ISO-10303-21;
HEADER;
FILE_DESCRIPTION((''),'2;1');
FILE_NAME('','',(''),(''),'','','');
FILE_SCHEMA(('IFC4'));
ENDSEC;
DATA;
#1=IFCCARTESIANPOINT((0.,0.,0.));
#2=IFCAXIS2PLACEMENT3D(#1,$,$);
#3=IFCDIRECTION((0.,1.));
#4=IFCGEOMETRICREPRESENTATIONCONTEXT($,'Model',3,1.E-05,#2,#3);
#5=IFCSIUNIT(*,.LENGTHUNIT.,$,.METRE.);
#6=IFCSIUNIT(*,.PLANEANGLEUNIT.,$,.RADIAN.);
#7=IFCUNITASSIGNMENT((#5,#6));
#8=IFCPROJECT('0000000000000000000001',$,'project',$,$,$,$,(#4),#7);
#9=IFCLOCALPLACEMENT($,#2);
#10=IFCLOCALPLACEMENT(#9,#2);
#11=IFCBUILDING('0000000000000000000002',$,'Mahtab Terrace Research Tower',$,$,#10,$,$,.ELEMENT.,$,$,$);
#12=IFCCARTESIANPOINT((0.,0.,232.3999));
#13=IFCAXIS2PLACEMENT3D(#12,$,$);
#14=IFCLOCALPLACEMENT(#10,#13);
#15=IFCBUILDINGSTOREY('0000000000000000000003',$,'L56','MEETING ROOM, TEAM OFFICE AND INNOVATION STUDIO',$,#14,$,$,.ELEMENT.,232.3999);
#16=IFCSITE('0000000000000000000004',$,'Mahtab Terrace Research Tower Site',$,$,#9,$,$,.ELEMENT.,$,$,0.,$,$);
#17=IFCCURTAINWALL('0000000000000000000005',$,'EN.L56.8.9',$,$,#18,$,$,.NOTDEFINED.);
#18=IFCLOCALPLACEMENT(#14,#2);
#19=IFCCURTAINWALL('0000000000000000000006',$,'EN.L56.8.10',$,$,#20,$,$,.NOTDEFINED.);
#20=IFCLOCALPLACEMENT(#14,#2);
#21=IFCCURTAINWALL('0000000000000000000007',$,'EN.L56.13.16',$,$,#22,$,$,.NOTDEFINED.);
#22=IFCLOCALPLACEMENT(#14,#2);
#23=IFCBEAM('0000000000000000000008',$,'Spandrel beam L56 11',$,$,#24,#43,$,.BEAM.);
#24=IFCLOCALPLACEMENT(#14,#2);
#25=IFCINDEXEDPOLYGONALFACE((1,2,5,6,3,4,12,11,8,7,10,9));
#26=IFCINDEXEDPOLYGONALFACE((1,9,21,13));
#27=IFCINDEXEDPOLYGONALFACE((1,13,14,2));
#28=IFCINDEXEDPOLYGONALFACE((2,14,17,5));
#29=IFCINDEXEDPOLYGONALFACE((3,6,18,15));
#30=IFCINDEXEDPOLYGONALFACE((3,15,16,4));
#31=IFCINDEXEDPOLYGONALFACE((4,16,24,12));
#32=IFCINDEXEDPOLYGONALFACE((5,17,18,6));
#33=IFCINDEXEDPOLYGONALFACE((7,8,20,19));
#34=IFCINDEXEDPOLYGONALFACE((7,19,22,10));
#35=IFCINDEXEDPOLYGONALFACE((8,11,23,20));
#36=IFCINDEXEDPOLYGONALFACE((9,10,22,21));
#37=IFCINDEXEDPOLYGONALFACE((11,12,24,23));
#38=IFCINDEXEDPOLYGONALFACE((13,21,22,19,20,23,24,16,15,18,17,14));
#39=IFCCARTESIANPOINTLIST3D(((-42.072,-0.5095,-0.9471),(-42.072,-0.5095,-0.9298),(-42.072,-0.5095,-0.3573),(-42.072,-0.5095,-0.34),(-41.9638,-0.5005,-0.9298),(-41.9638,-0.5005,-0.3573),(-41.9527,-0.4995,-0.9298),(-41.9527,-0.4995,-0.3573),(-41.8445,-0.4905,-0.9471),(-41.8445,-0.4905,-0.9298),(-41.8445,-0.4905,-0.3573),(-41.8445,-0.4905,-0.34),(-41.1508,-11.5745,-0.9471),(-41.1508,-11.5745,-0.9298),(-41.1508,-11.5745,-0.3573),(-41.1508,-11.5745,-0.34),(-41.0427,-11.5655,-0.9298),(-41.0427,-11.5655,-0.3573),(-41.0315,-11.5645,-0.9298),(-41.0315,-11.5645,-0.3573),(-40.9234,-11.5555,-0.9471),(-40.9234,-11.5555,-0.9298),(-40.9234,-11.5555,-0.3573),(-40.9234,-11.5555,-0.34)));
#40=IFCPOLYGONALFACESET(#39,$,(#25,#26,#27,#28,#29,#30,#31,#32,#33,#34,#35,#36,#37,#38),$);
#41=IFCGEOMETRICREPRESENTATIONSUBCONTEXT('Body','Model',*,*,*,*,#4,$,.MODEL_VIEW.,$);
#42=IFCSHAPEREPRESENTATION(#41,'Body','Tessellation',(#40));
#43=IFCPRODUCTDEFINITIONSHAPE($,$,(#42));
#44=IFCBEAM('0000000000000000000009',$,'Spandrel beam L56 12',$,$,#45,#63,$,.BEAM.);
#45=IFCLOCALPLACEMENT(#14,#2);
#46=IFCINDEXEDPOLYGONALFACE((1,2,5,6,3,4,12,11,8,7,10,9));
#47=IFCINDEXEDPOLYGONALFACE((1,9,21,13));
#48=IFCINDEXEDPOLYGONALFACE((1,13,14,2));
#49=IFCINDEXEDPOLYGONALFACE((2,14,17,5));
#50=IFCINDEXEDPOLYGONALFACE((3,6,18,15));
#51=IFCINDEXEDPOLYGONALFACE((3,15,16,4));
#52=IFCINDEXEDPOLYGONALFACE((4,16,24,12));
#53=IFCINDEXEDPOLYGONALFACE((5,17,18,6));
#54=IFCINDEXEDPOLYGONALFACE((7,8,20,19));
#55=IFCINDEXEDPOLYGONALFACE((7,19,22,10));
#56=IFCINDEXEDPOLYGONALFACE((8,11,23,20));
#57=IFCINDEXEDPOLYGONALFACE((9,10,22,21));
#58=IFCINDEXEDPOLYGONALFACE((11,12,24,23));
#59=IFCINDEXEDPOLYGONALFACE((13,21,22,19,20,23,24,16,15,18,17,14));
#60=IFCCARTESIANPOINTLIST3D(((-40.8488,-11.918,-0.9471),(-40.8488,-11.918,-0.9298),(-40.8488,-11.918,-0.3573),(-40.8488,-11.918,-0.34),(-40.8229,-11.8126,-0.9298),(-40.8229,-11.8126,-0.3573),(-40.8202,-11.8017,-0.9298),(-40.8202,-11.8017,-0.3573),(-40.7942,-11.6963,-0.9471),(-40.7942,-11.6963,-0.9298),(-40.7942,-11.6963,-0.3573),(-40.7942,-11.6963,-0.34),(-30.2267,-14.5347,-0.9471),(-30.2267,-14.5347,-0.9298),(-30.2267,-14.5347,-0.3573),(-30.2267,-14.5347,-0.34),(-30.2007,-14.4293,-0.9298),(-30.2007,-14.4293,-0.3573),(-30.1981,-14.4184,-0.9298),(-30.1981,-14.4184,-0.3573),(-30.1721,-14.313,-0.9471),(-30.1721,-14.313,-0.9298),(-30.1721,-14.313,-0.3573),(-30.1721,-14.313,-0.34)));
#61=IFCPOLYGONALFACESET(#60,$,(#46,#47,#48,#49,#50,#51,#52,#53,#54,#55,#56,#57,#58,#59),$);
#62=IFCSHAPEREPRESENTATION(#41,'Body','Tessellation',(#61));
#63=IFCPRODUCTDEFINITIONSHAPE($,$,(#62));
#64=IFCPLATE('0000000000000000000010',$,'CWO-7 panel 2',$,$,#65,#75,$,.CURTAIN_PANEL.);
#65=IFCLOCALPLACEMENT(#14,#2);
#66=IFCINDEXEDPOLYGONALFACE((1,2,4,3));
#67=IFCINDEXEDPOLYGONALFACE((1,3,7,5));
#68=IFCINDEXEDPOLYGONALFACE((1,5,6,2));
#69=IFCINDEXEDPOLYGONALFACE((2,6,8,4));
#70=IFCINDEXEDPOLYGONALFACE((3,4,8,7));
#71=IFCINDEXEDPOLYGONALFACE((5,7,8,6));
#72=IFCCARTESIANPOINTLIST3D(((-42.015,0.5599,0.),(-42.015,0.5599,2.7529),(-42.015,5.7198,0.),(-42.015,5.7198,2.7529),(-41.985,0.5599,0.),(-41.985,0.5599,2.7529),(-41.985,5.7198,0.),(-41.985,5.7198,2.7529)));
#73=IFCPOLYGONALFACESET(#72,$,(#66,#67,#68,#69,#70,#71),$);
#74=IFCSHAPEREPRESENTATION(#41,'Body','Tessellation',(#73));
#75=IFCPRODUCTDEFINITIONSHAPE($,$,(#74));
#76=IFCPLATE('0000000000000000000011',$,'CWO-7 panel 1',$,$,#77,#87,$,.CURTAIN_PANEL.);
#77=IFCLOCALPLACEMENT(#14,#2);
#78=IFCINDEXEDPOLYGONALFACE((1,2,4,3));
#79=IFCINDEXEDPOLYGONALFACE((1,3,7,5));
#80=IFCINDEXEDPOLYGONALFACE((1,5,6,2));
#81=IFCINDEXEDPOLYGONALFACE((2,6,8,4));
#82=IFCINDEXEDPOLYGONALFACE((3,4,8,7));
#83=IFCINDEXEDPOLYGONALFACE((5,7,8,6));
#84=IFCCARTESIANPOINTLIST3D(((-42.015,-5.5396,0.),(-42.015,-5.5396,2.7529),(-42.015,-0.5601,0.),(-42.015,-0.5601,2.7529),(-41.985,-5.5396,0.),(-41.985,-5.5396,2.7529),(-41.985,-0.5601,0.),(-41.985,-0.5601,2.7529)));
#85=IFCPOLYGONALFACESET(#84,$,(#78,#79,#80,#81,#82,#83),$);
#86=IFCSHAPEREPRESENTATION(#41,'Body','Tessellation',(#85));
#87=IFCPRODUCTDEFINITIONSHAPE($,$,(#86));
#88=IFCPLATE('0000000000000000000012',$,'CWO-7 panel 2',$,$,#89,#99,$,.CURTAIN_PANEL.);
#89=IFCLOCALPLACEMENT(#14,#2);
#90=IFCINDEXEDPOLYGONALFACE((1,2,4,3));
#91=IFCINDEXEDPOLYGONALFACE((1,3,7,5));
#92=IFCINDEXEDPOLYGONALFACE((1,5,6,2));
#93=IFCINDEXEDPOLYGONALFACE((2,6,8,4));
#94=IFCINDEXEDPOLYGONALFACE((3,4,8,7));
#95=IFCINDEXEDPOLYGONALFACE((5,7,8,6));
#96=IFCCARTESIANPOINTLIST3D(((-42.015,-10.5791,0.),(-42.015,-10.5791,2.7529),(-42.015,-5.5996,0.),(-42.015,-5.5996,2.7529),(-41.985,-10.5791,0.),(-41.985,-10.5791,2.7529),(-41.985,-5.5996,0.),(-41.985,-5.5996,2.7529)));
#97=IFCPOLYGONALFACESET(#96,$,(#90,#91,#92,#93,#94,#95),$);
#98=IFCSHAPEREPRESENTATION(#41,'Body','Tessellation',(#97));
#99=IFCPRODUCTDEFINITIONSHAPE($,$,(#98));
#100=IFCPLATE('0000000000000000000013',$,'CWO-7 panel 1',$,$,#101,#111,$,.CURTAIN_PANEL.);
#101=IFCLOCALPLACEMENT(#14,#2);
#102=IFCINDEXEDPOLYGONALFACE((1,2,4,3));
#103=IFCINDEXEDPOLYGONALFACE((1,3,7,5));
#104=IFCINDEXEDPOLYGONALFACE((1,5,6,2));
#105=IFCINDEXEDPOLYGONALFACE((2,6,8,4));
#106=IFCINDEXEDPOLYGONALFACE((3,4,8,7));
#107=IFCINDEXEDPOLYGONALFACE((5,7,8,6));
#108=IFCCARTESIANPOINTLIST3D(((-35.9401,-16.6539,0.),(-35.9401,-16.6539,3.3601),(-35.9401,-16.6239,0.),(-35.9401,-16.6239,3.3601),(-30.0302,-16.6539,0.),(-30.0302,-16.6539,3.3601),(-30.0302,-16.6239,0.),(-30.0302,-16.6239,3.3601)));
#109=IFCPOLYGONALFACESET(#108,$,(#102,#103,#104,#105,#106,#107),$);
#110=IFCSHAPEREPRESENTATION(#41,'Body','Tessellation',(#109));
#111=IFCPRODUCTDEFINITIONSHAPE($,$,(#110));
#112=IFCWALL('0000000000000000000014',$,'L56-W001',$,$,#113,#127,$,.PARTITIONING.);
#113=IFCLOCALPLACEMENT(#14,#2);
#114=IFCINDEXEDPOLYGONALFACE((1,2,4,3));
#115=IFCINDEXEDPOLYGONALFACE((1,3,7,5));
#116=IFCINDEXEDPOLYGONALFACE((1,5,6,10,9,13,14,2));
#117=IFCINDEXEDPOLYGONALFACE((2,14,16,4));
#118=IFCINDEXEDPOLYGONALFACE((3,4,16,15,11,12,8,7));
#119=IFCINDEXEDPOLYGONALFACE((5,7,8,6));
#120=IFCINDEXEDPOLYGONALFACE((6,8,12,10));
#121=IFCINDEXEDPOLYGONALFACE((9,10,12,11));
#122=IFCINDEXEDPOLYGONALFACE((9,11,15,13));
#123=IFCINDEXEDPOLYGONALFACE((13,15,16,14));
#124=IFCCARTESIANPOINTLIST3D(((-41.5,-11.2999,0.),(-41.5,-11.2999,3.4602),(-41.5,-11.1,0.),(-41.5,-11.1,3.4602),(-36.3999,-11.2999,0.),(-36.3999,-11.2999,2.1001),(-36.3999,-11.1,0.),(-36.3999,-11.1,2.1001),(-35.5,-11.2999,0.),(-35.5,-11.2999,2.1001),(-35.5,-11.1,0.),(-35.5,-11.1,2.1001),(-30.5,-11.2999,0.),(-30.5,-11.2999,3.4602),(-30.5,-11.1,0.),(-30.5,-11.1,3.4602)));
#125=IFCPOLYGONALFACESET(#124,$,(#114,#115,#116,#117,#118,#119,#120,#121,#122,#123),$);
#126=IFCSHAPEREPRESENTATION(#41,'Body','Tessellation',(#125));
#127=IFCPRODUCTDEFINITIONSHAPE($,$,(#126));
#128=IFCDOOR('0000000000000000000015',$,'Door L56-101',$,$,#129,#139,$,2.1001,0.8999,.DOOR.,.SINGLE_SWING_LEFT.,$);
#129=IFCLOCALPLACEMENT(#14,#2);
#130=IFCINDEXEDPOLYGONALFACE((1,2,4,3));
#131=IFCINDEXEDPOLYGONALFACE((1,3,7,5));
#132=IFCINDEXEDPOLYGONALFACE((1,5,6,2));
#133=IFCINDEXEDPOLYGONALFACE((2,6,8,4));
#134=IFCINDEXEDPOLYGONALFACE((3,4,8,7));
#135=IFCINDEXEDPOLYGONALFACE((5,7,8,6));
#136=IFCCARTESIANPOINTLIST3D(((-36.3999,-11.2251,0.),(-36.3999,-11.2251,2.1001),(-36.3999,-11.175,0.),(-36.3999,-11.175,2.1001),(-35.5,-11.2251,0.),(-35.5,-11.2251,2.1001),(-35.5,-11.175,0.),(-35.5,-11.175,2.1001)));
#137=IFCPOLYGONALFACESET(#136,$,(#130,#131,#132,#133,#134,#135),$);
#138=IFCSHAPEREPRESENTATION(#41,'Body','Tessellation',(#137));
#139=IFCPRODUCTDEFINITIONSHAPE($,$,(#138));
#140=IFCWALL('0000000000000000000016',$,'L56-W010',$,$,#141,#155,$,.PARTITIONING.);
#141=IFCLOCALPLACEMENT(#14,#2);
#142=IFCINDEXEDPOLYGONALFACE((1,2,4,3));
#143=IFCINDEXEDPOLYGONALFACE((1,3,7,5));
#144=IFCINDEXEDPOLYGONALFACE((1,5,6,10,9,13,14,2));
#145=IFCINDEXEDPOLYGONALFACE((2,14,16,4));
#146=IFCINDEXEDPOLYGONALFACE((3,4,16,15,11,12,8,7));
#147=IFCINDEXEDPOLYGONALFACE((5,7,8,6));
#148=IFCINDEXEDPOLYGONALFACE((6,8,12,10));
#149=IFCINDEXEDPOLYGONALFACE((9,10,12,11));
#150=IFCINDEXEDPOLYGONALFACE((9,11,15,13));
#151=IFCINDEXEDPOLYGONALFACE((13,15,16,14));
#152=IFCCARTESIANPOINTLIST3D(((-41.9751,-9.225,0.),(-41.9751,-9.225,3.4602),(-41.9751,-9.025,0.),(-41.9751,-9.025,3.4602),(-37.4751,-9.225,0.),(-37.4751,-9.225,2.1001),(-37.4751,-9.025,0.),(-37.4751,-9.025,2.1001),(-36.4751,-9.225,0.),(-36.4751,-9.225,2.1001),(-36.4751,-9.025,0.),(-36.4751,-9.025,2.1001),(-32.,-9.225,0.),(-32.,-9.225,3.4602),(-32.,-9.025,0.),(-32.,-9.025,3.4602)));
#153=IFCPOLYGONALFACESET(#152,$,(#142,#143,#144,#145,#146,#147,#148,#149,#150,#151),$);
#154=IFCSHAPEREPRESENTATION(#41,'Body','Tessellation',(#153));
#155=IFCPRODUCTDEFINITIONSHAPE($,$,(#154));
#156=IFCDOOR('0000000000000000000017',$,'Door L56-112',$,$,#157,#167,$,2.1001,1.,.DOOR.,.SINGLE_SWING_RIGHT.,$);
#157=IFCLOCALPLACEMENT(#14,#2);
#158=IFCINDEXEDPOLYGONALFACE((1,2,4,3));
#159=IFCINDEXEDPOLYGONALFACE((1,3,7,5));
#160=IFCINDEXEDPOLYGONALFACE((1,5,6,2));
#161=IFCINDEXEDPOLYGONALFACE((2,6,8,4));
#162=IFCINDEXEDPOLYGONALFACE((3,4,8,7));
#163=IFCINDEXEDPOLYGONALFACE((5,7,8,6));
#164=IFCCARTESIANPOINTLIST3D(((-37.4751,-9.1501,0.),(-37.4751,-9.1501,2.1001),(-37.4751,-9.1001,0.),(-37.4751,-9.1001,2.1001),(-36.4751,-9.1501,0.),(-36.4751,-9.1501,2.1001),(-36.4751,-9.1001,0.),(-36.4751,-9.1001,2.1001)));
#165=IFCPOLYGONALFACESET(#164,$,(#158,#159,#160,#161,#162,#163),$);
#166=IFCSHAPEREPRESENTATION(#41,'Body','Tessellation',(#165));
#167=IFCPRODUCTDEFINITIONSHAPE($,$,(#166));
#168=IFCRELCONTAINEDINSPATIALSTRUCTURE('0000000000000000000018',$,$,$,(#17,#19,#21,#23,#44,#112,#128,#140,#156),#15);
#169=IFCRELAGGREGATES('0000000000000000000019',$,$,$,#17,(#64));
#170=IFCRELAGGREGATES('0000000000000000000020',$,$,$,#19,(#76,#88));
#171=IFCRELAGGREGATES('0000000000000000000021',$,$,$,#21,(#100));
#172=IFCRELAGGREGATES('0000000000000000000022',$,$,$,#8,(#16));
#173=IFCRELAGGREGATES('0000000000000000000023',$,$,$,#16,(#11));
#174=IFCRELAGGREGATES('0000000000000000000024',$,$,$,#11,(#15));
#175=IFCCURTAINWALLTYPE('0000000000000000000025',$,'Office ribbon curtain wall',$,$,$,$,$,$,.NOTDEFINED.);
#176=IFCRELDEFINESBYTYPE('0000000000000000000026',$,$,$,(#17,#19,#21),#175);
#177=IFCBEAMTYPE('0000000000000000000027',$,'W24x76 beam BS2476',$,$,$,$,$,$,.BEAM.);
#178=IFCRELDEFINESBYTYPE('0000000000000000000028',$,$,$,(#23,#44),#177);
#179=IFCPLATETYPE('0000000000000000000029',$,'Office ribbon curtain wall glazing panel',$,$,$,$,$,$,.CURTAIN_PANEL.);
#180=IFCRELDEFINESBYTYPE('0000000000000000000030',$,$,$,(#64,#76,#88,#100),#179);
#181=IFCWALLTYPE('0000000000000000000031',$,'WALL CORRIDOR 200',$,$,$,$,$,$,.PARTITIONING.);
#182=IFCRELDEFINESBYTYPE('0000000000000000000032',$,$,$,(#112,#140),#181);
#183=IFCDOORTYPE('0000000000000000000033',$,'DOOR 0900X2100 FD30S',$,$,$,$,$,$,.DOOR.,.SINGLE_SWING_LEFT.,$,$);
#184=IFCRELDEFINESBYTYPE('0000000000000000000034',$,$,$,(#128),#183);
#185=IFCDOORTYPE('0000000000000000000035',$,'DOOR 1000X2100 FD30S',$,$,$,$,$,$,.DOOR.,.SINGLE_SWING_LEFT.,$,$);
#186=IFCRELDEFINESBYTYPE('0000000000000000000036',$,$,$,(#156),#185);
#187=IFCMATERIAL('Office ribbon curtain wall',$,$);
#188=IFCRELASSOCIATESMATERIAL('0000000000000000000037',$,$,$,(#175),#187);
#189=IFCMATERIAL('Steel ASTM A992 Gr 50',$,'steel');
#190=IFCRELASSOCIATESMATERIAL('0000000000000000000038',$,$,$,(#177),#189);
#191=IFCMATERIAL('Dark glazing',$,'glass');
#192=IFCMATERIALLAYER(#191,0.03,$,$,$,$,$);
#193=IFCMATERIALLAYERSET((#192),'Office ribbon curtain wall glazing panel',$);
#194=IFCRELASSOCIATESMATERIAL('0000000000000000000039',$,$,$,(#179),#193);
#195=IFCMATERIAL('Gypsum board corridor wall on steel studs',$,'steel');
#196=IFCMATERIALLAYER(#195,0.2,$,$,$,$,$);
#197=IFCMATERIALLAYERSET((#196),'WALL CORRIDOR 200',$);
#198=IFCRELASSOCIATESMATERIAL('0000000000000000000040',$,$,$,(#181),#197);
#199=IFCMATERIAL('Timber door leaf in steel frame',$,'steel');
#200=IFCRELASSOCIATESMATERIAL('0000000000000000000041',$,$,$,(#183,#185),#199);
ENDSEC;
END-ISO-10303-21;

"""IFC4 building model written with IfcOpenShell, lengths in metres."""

from ifc_helpers import new_model, si_unit, direction, frame, frame_2d, origin, origin_2d, place, context, subcontext, project, spatial, rectangle, i_section, extrude, material, layer, layer_set, material_profile, profile_set, type_object, element, fill, aggregate, save


model = new_model("IFC4")

# Units and contexts
model_context = context("Model", 3, precision=1e-05, world=origin(), true_north=direction((0.0, 1.0)))
body_context = subcontext(model_context, "Body", "Model", "MODEL_VIEW")
ifc_project = project(units=[si_unit("LENGTHUNIT", "METRE"), si_unit("PLANEANGLEUNIT", "RADIAN")], contexts=[model_context])

# Site, building, storey
site_placement = place(None, origin())
site = spatial("IfcSite", under=ifc_project, at=site_placement, Name="Mahtab Terrace Research Tower Site", CompositionType="ELEMENT", RefElevation=0.0)
building_placement = place(site_placement, origin())
building = spatial("IfcBuilding", under=site, at=building_placement, Name="Mahtab Terrace Research Tower", CompositionType="ELEMENT")
storey_placement = place(building_placement, frame((0.0, 0.0, 232.3999)))
storey = spatial("IfcBuildingStorey", under=building, at=storey_placement, Name="L56", Description="MEETING ROOM, TEAM OFFICE AND INNOVATION STUDIO", CompositionType="ELEMENT", Elevation=232.3999)

# Shared definitions
ifc_material_1 = material(Name="Steel ASTM A992 Gr 50", Category="steel")

# Curtain walls
ifc_material_2 = material(Name="Office ribbon curtain wall")
curtain_wall_type = type_object("IfcCurtainWallType", Name="Office ribbon curtain wall", PredefinedType="NOTDEFINED", material=ifc_material_2)
curtain_wall_1_placement = place(storey_placement, origin())
curtain_wall_1 = element("IfcCurtainWall", 1, at=curtain_wall_1_placement, inside=storey, type_object=curtain_wall_type, Name="EN.L56.8.9", PredefinedType="NOTDEFINED")
curtain_wall_2_placement = place(storey_placement, origin())
curtain_wall_2 = element("IfcCurtainWall", 2, at=curtain_wall_2_placement, inside=storey, type_object=curtain_wall_type, Name="EN.L56.8.10", PredefinedType="NOTDEFINED")

# Curtain wall
curtain_wall_3_placement = place(storey_placement, origin())
curtain_wall_3 = element("IfcCurtainWall", 3, at=curtain_wall_3_placement, inside=storey, type_object=curtain_wall_type, Name="EN.L56.13.16", PredefinedType="NOTDEFINED")

# Beams
ifc_material_profile_1 = material_profile(ifc_material_1, i_section(OverallWidth=0.2283, OverallDepth=0.6072, WebThickness=0.0112, FlangeThickness=0.0173, at=origin_2d()), Name="W24X76")
ifc_profile_set_1 = profile_set([ifc_material_profile_1], Name="Steel ASTM A992 Gr 50")
beam_type = type_object("IfcBeamType", Name="W24x76 beam BS2476", PredefinedType="BEAM", material=ifc_profile_set_1)
beam_1_placement = place(storey_placement, frame((-41.9583, -0.5, -0.6436), z_axis=(0.082962, -0.996553, 0.0), x_axis=(0.996553, 0.082962, 0.0)))
element("IfcBeam", 4, at=beam_1_placement, inside=storey, type_object=beam_type, Name="Spandrel beam L56 11", PredefinedType="BEAM", context=body_context, shape_type="SweptSolid", body=[
    extrude(i_section(OverallWidth=0.2283, OverallDepth=0.6072, WebThickness=0.0112, FlangeThickness=0.0173, at=origin_2d()), origin(), (0.0, 0.0, 1.0), 11.1033),
])
beam_2_placement = place(storey_placement, frame((-40.8215, -11.8071, -0.6436), z_axis=(0.970972, -0.239195, 0.0), x_axis=(0.239195, 0.970972, 0.0)))
element("IfcBeam", 5, at=beam_2_placement, inside=storey, type_object=beam_type, Name="Spandrel beam L56 12", PredefinedType="BEAM", context=body_context, shape_type="SweptSolid", body=[
    extrude(i_section(OverallWidth=0.2283, OverallDepth=0.6072, WebThickness=0.0112, FlangeThickness=0.0173, at=origin_2d()), origin(), (0.0, 0.0, 1.0), 10.9397),
])

# Plates
ifc_material_3 = material(Name="Dark glazing", Category="glass")
ifc_layer_1 = layer(ifc_material_3, 0.03)
ifc_layer_set_1 = layer_set([ifc_layer_1], Name="Office ribbon curtain wall glazing panel")
plate_type = type_object("IfcPlateType", Name="Office ribbon curtain wall glazing panel", PredefinedType="CURTAIN_PANEL", material=ifc_layer_set_1)
plate_1_placement = place(storey_placement, frame((-42.0, 3.1399, 0.0), z_axis=(0.0, 0.0, 1.0), x_axis=(0.0, -1.0, 0.0)))
plate_1 = element("IfcPlate", 6, at=plate_1_placement, type_object=plate_type, Name="CWO-7 panel 2", PredefinedType="CURTAIN_PANEL", context=body_context, shape_type="SweptSolid", body=[
    extrude(rectangle(XDim=5.1599, YDim=0.03, at=origin_2d()), origin(), (0.0, 0.0, 1.0), 2.7529),
])
aggregate(curtain_wall_1, [plate_1])
plate_2_placement = place(storey_placement, frame((-42.0, -3.0498, 0.0), z_axis=(0.0, 0.0, 1.0), x_axis=(0.0, -1.0, 0.0)))
plate_2 = element("IfcPlate", 7, at=plate_2_placement, type_object=plate_type, Name="CWO-7 panel 1", PredefinedType="CURTAIN_PANEL", context=body_context, shape_type="SweptSolid", body=[
    extrude(rectangle(XDim=4.9795, YDim=0.03, at=origin_2d()), origin(), (0.0, 0.0, 1.0), 2.7529),
])
plate_3_placement = place(storey_placement, frame((-42.0, -8.0894, 0.0), z_axis=(0.0, 0.0, 1.0), x_axis=(0.0, -1.0, 0.0)))
plate_3 = element("IfcPlate", 8, at=plate_3_placement, type_object=plate_type, Name="CWO-7 panel 2", PredefinedType="CURTAIN_PANEL", context=body_context, shape_type="SweptSolid", body=[
    extrude(rectangle(XDim=4.9795, YDim=0.03, at=origin_2d()), origin(), (0.0, 0.0, 1.0), 2.7529),
])
aggregate(curtain_wall_2, [plate_2, plate_3])
plate_4_placement = place(storey_placement, frame((-32.9851, -16.6389, 0.0), z_axis=(0.0, 0.0, 1.0), x_axis=(1.0, 0.0, 0.0)))
plate_4 = element("IfcPlate", 9, at=plate_4_placement, type_object=plate_type, Name="CWO-7 panel 1", PredefinedType="CURTAIN_PANEL", context=body_context, shape_type="SweptSolid", body=[
    extrude(rectangle(XDim=5.9099, YDim=0.03, at=origin_2d()), origin(), (0.0, 0.0, 1.0), 3.3601),
])
aggregate(curtain_wall_3, [plate_4])

# Walls, openings, doors
ifc_material_4 = material(Name="Gypsum board corridor wall on steel studs", Category="steel")
ifc_layer_2 = layer(ifc_material_4, 0.2)
ifc_layer_set_2 = layer_set([ifc_layer_2], Name="WALL CORRIDOR 200")
wall_type_1 = type_object("IfcWallType", Name="WALL CORRIDOR 200", PredefinedType="PARTITIONING", material=ifc_layer_set_2)
wall_1_placement = place(storey_placement, frame((-41.5, -11.2, 0.0), z_axis=(0.0, 0.0, 1.0), x_axis=(1.0, 0.0, 0.0)))
wall_1 = element("IfcWall", 10, at=wall_1_placement, inside=storey, type_object=wall_type_1, Name="L56-W001", PredefinedType="PARTITIONING", context=body_context, shape_type="SweptSolid", body=[
    extrude(rectangle(XDim=11.0, YDim=0.2, at=frame_2d((5.5, 0.0))), origin(), (0.0, 0.0, 1.0), 3.4602),
])
opening_1_placement = place(wall_1_placement, frame((5.1001, 0.0, 0.0)))
opening_1 = element("IfcOpeningElement", 11, at=opening_1_placement, cuts=wall_1, PredefinedType="OPENING", context=body_context, shape_type="SweptSolid", body=[
    extrude(rectangle(XDim=0.8999, YDim=2.1001, at=frame_2d((0.45, 1.05))), frame((0.0, 0.1099, 0.0), z_axis=(0.0, -1.0, 0.0), x_axis=(1.0, 0.0, 0.0)), (0.0, 0.0, 1.0), 0.22),
])
ifc_material_5 = material(Name="Timber door leaf in steel frame", Category="steel")
door_type_1 = type_object("IfcDoorType", Name="DOOR 0900X2100 FD30S", OperationType="SINGLE_SWING_LEFT", PredefinedType="DOOR", material=ifc_material_5)
door_1_placement = place(opening_1_placement, origin())
door_1 = element("IfcDoor", 12, at=door_1_placement, inside=storey, type_object=door_type_1, Name="Door L56-101", OperationType="SINGLE_SWING_LEFT", OverallHeight=2.1001, OverallWidth=0.8999, PredefinedType="DOOR", context=body_context, shape_type="SweptSolid", body=[
    extrude(rectangle(XDim=0.8999, YDim=2.1001, at=frame_2d((0.45, 1.05))), frame((0.0, 0.0249, 0.0), z_axis=(0.0, -1.0, 0.0), x_axis=(1.0, 0.0, 0.0)), (0.0, 0.0, 1.0), 0.05),
])
fill(opening_1, door_1)
wall_2_placement = place(storey_placement, frame((-41.9751, -9.125, 0.0), z_axis=(0.0, 0.0, 1.0), x_axis=(1.0, 0.0, 0.0)))
wall_2 = element("IfcWall", 13, at=wall_2_placement, inside=storey, type_object=wall_type_1, Name="L56-W010", PredefinedType="PARTITIONING", context=body_context, shape_type="SweptSolid", body=[
    extrude(rectangle(XDim=9.9751, YDim=0.2, at=frame_2d((4.9875, 0.0))), origin(), (0.0, 0.0, 1.0), 3.4602),
])
opening_2_placement = place(wall_2_placement, frame((4.5, 0.0, 0.0)))
opening_2 = element("IfcOpeningElement", 14, at=opening_2_placement, cuts=wall_2, PredefinedType="OPENING", context=body_context, shape_type="SweptSolid", body=[
    extrude(rectangle(XDim=1.0, YDim=2.1001, at=frame_2d((0.5, 1.05))), frame((0.0, 0.1099, 0.0), z_axis=(0.0, -1.0, 0.0), x_axis=(1.0, 0.0, 0.0)), (0.0, 0.0, 1.0), 0.22),
])
door_type_2 = type_object("IfcDoorType", Name="DOOR 1000X2100 FD30S", OperationType="SINGLE_SWING_LEFT", PredefinedType="DOOR", material=ifc_material_5)
door_2_placement = place(opening_2_placement, origin())
door_2 = element("IfcDoor", 15, at=door_2_placement, inside=storey, type_object=door_type_2, Name="Door L56-112", OperationType="SINGLE_SWING_RIGHT", OverallHeight=2.1001, OverallWidth=1.0, PredefinedType="DOOR", context=body_context, shape_type="SweptSolid", body=[
    extrude(rectangle(XDim=1.0, YDim=2.1001, at=frame_2d((0.5, 1.05))), frame((0.0, 0.0249, 0.0), z_axis=(0.0, -1.0, 0.0), x_axis=(1.0, 0.0, 0.0)), (0.0, 0.0, 1.0), 0.05),
])
fill(opening_2, door_2)

save(model, "model.ifc")
